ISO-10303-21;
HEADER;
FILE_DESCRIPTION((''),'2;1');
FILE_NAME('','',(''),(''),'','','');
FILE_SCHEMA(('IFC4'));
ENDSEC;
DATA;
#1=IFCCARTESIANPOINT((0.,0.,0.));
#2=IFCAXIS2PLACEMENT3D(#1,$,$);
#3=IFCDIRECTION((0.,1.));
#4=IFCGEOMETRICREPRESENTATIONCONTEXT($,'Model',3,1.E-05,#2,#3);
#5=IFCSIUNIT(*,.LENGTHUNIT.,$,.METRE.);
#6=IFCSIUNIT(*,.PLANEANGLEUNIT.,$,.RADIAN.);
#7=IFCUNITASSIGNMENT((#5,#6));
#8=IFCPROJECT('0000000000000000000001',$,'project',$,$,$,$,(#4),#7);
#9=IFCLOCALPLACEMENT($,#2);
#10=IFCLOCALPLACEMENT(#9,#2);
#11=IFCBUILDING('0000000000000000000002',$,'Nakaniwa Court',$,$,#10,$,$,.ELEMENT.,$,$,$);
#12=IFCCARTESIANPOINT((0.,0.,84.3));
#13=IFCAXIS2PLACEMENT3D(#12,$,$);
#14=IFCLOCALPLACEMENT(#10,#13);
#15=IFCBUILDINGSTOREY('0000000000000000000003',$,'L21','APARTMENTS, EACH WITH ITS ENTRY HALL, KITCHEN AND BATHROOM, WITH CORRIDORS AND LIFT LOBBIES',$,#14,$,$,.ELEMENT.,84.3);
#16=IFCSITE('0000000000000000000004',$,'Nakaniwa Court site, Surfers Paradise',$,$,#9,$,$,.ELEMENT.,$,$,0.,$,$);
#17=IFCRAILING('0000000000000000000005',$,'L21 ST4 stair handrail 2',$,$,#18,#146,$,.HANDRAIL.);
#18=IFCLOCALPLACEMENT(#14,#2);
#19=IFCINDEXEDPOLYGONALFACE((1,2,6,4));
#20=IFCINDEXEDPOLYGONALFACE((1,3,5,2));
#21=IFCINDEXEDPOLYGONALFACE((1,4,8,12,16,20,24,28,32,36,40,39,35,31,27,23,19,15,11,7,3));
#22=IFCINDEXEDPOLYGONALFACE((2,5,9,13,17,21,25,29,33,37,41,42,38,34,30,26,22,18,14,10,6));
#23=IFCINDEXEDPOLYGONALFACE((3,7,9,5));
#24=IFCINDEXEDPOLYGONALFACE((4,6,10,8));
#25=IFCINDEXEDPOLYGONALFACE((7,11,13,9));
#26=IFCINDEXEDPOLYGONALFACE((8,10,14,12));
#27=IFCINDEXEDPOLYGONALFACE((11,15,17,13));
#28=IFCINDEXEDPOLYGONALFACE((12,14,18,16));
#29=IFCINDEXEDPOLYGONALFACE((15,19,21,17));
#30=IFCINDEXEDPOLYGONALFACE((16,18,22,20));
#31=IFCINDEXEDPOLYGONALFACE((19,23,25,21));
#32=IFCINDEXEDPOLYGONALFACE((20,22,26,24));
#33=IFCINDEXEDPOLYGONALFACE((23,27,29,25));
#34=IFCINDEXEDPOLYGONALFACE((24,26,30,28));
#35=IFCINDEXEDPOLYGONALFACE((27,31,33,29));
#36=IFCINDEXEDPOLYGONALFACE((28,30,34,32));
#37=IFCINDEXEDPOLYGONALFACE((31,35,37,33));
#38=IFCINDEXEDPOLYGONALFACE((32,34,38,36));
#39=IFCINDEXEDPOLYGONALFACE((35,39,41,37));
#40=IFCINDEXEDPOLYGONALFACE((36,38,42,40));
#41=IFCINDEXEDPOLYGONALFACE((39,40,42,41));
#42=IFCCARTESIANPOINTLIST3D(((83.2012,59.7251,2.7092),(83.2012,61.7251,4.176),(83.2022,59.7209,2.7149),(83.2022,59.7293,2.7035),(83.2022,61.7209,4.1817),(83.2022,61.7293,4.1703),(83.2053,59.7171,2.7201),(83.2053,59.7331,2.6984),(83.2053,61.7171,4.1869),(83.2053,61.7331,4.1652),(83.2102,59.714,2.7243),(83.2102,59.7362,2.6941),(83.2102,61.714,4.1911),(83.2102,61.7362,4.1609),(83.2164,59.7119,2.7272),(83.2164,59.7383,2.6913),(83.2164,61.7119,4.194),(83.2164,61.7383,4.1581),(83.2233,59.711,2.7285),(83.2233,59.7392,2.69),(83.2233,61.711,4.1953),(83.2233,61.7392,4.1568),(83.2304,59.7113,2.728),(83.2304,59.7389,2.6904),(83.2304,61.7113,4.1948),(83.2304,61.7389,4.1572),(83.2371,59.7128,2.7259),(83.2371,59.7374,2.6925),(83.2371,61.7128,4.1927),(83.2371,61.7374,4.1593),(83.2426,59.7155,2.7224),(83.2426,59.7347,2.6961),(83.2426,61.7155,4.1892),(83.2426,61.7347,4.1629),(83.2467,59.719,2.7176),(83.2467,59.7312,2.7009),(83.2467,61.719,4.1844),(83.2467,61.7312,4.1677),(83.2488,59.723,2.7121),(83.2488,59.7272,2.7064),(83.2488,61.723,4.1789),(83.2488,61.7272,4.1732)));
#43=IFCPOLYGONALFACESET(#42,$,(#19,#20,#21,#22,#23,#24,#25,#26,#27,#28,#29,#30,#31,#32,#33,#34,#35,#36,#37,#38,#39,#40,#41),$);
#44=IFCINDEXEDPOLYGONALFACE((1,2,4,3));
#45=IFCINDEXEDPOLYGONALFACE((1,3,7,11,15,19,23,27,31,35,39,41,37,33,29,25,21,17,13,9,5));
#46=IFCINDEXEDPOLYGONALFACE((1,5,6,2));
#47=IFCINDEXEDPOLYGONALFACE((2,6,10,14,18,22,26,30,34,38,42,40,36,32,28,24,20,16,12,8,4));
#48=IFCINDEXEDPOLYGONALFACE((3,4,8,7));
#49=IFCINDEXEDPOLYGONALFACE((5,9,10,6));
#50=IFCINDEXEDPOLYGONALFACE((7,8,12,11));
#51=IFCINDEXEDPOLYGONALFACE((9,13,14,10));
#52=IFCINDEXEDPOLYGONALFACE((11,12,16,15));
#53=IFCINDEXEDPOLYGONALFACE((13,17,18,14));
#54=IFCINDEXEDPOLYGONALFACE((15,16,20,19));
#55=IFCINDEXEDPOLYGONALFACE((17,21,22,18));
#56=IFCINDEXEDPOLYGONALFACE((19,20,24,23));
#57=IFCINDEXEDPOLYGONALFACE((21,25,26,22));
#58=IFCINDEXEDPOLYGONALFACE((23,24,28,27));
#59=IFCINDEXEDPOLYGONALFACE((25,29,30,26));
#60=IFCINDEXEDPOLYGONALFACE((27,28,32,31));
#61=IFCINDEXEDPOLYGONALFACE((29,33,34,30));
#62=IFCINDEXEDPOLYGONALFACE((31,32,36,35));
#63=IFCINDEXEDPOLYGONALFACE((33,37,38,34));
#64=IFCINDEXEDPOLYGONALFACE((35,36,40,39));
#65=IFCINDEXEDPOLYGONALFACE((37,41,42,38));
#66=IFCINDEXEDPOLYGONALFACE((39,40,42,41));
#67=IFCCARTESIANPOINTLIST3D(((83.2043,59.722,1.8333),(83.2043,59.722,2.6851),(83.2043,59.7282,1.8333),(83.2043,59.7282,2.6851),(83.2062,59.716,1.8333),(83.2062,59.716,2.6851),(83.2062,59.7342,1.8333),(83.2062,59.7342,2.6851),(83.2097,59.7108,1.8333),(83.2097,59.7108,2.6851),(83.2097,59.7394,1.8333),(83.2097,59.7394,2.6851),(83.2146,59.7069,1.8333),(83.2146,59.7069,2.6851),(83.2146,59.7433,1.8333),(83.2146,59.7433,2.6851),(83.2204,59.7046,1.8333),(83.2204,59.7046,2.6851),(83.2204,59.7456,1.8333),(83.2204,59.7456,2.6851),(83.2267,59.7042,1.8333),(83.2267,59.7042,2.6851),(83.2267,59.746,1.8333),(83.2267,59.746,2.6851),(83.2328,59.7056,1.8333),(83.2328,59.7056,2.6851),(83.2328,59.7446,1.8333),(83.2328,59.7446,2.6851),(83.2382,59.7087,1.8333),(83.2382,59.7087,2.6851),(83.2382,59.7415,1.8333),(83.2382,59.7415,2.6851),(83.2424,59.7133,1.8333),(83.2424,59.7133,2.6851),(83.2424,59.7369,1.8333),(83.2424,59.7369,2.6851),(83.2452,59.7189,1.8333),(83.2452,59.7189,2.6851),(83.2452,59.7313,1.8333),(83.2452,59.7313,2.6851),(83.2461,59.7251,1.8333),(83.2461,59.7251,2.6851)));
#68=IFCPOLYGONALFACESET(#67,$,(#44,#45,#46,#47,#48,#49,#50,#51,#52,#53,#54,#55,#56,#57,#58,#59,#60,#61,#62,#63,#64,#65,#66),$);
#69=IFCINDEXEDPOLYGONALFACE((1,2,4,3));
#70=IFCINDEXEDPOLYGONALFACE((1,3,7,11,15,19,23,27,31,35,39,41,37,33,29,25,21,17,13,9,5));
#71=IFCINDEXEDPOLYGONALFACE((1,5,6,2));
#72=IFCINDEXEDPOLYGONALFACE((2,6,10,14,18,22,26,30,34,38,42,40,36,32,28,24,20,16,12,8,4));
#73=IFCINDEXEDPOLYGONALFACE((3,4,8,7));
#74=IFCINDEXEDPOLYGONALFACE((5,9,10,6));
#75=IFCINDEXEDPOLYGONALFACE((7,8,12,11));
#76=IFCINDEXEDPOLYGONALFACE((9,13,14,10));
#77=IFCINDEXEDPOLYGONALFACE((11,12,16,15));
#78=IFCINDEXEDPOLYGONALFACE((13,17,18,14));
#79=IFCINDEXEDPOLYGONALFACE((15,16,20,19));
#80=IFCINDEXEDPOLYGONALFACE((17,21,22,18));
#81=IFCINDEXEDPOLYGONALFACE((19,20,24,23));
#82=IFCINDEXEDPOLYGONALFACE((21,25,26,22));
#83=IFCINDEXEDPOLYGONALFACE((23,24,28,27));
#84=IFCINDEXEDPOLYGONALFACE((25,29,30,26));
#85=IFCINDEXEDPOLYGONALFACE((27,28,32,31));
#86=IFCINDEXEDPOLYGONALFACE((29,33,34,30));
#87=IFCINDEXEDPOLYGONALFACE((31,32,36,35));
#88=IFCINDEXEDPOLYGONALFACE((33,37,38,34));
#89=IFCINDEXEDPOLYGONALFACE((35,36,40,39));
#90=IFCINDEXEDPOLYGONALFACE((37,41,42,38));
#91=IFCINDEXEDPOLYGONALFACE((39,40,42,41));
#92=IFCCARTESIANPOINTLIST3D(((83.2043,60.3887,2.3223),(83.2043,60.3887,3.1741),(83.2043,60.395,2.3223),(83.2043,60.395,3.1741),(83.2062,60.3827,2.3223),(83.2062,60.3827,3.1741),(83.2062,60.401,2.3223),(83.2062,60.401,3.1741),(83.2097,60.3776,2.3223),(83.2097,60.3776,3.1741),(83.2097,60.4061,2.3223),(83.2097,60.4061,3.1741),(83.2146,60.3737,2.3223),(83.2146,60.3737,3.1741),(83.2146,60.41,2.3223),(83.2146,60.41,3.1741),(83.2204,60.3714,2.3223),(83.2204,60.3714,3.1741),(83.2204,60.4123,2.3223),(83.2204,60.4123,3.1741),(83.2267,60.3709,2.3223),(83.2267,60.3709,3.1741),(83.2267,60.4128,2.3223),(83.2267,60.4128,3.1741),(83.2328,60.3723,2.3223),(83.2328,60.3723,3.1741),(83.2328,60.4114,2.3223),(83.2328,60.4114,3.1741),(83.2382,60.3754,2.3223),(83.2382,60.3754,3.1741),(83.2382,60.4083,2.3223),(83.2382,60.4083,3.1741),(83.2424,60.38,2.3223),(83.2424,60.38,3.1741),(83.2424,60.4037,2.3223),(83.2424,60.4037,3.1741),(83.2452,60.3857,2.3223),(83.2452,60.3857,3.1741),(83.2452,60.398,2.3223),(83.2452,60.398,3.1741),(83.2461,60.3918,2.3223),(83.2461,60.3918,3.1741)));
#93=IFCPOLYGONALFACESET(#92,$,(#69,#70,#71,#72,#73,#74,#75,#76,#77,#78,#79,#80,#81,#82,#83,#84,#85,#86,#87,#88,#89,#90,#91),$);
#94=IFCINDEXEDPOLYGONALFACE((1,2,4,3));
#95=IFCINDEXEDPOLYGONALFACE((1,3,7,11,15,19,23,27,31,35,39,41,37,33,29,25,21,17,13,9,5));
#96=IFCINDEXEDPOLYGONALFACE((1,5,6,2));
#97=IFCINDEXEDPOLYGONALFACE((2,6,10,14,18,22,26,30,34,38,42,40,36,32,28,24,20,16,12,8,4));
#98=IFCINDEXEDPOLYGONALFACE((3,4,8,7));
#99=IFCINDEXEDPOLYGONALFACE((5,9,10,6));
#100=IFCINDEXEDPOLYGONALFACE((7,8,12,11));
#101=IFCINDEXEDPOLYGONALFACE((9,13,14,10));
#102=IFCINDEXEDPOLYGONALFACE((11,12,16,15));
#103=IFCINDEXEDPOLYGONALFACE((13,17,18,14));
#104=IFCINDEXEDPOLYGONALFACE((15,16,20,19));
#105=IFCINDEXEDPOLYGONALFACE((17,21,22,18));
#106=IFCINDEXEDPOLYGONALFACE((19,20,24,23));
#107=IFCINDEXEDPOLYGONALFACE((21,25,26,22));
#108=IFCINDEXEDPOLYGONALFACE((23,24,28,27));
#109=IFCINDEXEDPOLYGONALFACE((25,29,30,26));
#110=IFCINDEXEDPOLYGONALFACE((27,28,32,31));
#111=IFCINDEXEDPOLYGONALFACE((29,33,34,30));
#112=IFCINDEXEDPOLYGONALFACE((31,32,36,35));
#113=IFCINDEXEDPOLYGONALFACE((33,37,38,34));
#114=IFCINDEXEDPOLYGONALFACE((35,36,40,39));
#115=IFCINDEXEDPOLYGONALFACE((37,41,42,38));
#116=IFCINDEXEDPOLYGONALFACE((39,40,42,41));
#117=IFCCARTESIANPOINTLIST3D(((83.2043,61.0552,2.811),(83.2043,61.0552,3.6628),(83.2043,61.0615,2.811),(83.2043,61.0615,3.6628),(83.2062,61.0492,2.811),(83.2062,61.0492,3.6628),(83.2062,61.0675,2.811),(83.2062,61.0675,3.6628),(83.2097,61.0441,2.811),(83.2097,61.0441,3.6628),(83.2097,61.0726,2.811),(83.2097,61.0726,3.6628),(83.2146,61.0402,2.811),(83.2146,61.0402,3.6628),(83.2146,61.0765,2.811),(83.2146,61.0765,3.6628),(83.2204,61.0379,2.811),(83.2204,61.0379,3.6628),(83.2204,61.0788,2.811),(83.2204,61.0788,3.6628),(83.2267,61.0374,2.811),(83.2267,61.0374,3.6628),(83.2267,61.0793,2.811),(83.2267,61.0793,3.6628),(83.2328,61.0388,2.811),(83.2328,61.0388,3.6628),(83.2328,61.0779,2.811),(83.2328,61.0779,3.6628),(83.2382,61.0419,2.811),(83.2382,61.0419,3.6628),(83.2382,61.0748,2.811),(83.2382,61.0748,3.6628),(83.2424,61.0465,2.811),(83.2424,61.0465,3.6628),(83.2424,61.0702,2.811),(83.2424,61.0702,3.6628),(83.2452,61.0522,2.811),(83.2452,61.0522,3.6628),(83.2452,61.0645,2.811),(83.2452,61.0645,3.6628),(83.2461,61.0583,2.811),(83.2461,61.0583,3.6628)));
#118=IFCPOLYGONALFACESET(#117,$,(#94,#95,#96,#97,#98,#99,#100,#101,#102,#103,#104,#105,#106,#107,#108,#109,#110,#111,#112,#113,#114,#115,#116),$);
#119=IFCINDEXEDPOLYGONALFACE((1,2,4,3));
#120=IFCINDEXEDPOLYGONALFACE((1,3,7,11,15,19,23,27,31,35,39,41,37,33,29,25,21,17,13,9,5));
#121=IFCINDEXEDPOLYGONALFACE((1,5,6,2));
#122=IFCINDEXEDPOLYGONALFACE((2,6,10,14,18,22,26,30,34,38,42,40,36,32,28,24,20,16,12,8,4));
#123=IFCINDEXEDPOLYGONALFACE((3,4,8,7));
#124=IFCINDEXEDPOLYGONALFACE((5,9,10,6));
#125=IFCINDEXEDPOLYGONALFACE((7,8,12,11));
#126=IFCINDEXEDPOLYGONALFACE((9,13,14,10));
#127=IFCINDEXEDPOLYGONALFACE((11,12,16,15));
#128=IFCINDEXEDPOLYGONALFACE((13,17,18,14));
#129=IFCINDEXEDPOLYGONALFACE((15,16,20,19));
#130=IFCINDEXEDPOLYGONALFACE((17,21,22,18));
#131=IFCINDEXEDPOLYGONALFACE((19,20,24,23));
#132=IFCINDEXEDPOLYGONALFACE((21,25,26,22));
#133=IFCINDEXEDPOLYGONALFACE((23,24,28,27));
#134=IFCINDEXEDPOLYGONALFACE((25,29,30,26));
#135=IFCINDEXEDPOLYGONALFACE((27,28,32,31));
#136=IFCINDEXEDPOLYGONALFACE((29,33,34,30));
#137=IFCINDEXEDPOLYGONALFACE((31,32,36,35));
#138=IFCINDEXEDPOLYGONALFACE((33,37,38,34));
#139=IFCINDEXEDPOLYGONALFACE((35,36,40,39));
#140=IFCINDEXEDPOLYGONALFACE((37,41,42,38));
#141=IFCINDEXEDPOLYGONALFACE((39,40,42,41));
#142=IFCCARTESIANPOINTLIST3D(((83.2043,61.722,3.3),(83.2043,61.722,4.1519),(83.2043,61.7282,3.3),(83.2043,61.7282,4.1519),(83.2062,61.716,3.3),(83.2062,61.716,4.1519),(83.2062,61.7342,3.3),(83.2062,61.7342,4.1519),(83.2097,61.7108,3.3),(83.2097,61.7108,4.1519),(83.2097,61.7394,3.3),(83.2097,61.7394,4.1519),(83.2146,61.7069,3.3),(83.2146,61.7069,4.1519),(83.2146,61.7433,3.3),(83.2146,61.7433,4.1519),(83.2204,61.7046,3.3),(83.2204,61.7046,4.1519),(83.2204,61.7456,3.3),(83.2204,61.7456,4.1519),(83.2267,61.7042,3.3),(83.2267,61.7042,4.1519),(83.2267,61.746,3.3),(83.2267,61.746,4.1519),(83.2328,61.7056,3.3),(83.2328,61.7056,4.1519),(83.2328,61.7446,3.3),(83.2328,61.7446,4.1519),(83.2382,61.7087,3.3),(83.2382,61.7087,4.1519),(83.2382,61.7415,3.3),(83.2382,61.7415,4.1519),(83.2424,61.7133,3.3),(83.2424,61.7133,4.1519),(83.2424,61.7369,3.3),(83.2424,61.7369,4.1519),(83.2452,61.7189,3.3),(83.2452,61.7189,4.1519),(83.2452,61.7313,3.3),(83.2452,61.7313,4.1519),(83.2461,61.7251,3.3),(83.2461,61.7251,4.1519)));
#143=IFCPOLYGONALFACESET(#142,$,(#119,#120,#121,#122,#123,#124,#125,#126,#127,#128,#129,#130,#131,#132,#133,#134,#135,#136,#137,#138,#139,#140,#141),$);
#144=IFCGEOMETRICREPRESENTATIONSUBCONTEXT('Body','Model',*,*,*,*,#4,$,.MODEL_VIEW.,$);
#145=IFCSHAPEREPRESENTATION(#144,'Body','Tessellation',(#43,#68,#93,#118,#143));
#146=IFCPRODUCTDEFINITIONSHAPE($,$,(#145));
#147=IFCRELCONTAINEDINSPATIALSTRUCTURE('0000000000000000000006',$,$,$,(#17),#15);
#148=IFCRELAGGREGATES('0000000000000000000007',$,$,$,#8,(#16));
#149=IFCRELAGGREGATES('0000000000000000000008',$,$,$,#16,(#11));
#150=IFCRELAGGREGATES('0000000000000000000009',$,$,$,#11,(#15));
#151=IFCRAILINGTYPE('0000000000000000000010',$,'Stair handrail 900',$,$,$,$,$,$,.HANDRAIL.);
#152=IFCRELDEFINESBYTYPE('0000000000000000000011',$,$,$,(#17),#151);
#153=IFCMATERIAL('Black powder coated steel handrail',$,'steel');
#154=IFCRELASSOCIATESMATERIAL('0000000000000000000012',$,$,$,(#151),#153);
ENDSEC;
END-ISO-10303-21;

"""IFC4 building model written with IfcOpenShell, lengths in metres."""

from ifc_helpers import new_model, si_unit, direction, frame, origin, origin_2d, place, context, subcontext, project, spatial, circle, extrude, material, type_object, element, save


model = new_model("IFC4")

# Units and contexts
model_context = context("Model", 3, precision=1e-05, world=origin(), true_north=direction((0.0, 1.0)))
body_context = subcontext(model_context, "Body", "Model", "MODEL_VIEW")
ifc_project = project(units=[si_unit("LENGTHUNIT", "METRE"), si_unit("PLANEANGLEUNIT", "RADIAN")], contexts=[model_context])

# Site, building, storey
site_placement = place(None, origin())
site = spatial("IfcSite", under=ifc_project, at=site_placement, Name="Nakaniwa Court site, Surfers Paradise", CompositionType="ELEMENT", RefElevation=0.0)
building_placement = place(site_placement, origin())
building = spatial("IfcBuilding", under=site, at=building_placement, Name="Nakaniwa Court", CompositionType="ELEMENT")
storey_placement = place(building_placement, frame((0.0, 0.0, 84.3)))
storey = spatial("IfcBuildingStorey", under=building, at=storey_placement, Name="L21", Description="APARTMENTS, EACH WITH ITS ENTRY HALL, KITCHEN AND BATHROOM, WITH CORRIDORS AND LIFT LOBBIES", CompositionType="ELEMENT", Elevation=84.3)

# Railing
ifc_material_1 = material(Name="Black powder coated steel handrail", Category="steel")
railing_type_1 = type_object("IfcRailingType", Name="Stair handrail 900", PredefinedType="HANDRAIL", material=ifc_material_1)
railing_1_placement = place(storey_placement, frame((83.2251, 59.7251, 1.8333)))
element("IfcRailing", 1, at=railing_1_placement, inside=storey, type_object=railing_type_1, Name="L21 ST4 stair handrail 2", PredefinedType="HANDRAIL", context=body_context, shape_type="SweptSolid", body=[
    extrude(circle(Radius=0.0239, at=origin_2d()), frame((0.0, 0.0, 0.876), z_axis=(0.0, 0.80638, 0.591398), x_axis=(-1.0, 0.0, 0.0)), (0.0, 0.0, 1.0), 2.4802),
    extrude(circle(Radius=0.021, at=origin_2d()), origin(), (0.0, 0.0, 1.0), 0.8518),
    extrude(circle(Radius=0.021, at=origin_2d()), frame((0.0, 0.6667, 0.489)), (0.0, 0.0, 1.0), 0.8518),
    extrude(circle(Radius=0.021, at=origin_2d()), frame((0.0, 1.3333, 0.9778)), (0.0, 0.0, 1.0), 0.8518),
    extrude(circle(Radius=0.021, at=origin_2d()), frame((0.0, 2.0, 1.4668)), (0.0, 0.0, 1.0), 0.8518),
])

save(model, "model.ifc")
